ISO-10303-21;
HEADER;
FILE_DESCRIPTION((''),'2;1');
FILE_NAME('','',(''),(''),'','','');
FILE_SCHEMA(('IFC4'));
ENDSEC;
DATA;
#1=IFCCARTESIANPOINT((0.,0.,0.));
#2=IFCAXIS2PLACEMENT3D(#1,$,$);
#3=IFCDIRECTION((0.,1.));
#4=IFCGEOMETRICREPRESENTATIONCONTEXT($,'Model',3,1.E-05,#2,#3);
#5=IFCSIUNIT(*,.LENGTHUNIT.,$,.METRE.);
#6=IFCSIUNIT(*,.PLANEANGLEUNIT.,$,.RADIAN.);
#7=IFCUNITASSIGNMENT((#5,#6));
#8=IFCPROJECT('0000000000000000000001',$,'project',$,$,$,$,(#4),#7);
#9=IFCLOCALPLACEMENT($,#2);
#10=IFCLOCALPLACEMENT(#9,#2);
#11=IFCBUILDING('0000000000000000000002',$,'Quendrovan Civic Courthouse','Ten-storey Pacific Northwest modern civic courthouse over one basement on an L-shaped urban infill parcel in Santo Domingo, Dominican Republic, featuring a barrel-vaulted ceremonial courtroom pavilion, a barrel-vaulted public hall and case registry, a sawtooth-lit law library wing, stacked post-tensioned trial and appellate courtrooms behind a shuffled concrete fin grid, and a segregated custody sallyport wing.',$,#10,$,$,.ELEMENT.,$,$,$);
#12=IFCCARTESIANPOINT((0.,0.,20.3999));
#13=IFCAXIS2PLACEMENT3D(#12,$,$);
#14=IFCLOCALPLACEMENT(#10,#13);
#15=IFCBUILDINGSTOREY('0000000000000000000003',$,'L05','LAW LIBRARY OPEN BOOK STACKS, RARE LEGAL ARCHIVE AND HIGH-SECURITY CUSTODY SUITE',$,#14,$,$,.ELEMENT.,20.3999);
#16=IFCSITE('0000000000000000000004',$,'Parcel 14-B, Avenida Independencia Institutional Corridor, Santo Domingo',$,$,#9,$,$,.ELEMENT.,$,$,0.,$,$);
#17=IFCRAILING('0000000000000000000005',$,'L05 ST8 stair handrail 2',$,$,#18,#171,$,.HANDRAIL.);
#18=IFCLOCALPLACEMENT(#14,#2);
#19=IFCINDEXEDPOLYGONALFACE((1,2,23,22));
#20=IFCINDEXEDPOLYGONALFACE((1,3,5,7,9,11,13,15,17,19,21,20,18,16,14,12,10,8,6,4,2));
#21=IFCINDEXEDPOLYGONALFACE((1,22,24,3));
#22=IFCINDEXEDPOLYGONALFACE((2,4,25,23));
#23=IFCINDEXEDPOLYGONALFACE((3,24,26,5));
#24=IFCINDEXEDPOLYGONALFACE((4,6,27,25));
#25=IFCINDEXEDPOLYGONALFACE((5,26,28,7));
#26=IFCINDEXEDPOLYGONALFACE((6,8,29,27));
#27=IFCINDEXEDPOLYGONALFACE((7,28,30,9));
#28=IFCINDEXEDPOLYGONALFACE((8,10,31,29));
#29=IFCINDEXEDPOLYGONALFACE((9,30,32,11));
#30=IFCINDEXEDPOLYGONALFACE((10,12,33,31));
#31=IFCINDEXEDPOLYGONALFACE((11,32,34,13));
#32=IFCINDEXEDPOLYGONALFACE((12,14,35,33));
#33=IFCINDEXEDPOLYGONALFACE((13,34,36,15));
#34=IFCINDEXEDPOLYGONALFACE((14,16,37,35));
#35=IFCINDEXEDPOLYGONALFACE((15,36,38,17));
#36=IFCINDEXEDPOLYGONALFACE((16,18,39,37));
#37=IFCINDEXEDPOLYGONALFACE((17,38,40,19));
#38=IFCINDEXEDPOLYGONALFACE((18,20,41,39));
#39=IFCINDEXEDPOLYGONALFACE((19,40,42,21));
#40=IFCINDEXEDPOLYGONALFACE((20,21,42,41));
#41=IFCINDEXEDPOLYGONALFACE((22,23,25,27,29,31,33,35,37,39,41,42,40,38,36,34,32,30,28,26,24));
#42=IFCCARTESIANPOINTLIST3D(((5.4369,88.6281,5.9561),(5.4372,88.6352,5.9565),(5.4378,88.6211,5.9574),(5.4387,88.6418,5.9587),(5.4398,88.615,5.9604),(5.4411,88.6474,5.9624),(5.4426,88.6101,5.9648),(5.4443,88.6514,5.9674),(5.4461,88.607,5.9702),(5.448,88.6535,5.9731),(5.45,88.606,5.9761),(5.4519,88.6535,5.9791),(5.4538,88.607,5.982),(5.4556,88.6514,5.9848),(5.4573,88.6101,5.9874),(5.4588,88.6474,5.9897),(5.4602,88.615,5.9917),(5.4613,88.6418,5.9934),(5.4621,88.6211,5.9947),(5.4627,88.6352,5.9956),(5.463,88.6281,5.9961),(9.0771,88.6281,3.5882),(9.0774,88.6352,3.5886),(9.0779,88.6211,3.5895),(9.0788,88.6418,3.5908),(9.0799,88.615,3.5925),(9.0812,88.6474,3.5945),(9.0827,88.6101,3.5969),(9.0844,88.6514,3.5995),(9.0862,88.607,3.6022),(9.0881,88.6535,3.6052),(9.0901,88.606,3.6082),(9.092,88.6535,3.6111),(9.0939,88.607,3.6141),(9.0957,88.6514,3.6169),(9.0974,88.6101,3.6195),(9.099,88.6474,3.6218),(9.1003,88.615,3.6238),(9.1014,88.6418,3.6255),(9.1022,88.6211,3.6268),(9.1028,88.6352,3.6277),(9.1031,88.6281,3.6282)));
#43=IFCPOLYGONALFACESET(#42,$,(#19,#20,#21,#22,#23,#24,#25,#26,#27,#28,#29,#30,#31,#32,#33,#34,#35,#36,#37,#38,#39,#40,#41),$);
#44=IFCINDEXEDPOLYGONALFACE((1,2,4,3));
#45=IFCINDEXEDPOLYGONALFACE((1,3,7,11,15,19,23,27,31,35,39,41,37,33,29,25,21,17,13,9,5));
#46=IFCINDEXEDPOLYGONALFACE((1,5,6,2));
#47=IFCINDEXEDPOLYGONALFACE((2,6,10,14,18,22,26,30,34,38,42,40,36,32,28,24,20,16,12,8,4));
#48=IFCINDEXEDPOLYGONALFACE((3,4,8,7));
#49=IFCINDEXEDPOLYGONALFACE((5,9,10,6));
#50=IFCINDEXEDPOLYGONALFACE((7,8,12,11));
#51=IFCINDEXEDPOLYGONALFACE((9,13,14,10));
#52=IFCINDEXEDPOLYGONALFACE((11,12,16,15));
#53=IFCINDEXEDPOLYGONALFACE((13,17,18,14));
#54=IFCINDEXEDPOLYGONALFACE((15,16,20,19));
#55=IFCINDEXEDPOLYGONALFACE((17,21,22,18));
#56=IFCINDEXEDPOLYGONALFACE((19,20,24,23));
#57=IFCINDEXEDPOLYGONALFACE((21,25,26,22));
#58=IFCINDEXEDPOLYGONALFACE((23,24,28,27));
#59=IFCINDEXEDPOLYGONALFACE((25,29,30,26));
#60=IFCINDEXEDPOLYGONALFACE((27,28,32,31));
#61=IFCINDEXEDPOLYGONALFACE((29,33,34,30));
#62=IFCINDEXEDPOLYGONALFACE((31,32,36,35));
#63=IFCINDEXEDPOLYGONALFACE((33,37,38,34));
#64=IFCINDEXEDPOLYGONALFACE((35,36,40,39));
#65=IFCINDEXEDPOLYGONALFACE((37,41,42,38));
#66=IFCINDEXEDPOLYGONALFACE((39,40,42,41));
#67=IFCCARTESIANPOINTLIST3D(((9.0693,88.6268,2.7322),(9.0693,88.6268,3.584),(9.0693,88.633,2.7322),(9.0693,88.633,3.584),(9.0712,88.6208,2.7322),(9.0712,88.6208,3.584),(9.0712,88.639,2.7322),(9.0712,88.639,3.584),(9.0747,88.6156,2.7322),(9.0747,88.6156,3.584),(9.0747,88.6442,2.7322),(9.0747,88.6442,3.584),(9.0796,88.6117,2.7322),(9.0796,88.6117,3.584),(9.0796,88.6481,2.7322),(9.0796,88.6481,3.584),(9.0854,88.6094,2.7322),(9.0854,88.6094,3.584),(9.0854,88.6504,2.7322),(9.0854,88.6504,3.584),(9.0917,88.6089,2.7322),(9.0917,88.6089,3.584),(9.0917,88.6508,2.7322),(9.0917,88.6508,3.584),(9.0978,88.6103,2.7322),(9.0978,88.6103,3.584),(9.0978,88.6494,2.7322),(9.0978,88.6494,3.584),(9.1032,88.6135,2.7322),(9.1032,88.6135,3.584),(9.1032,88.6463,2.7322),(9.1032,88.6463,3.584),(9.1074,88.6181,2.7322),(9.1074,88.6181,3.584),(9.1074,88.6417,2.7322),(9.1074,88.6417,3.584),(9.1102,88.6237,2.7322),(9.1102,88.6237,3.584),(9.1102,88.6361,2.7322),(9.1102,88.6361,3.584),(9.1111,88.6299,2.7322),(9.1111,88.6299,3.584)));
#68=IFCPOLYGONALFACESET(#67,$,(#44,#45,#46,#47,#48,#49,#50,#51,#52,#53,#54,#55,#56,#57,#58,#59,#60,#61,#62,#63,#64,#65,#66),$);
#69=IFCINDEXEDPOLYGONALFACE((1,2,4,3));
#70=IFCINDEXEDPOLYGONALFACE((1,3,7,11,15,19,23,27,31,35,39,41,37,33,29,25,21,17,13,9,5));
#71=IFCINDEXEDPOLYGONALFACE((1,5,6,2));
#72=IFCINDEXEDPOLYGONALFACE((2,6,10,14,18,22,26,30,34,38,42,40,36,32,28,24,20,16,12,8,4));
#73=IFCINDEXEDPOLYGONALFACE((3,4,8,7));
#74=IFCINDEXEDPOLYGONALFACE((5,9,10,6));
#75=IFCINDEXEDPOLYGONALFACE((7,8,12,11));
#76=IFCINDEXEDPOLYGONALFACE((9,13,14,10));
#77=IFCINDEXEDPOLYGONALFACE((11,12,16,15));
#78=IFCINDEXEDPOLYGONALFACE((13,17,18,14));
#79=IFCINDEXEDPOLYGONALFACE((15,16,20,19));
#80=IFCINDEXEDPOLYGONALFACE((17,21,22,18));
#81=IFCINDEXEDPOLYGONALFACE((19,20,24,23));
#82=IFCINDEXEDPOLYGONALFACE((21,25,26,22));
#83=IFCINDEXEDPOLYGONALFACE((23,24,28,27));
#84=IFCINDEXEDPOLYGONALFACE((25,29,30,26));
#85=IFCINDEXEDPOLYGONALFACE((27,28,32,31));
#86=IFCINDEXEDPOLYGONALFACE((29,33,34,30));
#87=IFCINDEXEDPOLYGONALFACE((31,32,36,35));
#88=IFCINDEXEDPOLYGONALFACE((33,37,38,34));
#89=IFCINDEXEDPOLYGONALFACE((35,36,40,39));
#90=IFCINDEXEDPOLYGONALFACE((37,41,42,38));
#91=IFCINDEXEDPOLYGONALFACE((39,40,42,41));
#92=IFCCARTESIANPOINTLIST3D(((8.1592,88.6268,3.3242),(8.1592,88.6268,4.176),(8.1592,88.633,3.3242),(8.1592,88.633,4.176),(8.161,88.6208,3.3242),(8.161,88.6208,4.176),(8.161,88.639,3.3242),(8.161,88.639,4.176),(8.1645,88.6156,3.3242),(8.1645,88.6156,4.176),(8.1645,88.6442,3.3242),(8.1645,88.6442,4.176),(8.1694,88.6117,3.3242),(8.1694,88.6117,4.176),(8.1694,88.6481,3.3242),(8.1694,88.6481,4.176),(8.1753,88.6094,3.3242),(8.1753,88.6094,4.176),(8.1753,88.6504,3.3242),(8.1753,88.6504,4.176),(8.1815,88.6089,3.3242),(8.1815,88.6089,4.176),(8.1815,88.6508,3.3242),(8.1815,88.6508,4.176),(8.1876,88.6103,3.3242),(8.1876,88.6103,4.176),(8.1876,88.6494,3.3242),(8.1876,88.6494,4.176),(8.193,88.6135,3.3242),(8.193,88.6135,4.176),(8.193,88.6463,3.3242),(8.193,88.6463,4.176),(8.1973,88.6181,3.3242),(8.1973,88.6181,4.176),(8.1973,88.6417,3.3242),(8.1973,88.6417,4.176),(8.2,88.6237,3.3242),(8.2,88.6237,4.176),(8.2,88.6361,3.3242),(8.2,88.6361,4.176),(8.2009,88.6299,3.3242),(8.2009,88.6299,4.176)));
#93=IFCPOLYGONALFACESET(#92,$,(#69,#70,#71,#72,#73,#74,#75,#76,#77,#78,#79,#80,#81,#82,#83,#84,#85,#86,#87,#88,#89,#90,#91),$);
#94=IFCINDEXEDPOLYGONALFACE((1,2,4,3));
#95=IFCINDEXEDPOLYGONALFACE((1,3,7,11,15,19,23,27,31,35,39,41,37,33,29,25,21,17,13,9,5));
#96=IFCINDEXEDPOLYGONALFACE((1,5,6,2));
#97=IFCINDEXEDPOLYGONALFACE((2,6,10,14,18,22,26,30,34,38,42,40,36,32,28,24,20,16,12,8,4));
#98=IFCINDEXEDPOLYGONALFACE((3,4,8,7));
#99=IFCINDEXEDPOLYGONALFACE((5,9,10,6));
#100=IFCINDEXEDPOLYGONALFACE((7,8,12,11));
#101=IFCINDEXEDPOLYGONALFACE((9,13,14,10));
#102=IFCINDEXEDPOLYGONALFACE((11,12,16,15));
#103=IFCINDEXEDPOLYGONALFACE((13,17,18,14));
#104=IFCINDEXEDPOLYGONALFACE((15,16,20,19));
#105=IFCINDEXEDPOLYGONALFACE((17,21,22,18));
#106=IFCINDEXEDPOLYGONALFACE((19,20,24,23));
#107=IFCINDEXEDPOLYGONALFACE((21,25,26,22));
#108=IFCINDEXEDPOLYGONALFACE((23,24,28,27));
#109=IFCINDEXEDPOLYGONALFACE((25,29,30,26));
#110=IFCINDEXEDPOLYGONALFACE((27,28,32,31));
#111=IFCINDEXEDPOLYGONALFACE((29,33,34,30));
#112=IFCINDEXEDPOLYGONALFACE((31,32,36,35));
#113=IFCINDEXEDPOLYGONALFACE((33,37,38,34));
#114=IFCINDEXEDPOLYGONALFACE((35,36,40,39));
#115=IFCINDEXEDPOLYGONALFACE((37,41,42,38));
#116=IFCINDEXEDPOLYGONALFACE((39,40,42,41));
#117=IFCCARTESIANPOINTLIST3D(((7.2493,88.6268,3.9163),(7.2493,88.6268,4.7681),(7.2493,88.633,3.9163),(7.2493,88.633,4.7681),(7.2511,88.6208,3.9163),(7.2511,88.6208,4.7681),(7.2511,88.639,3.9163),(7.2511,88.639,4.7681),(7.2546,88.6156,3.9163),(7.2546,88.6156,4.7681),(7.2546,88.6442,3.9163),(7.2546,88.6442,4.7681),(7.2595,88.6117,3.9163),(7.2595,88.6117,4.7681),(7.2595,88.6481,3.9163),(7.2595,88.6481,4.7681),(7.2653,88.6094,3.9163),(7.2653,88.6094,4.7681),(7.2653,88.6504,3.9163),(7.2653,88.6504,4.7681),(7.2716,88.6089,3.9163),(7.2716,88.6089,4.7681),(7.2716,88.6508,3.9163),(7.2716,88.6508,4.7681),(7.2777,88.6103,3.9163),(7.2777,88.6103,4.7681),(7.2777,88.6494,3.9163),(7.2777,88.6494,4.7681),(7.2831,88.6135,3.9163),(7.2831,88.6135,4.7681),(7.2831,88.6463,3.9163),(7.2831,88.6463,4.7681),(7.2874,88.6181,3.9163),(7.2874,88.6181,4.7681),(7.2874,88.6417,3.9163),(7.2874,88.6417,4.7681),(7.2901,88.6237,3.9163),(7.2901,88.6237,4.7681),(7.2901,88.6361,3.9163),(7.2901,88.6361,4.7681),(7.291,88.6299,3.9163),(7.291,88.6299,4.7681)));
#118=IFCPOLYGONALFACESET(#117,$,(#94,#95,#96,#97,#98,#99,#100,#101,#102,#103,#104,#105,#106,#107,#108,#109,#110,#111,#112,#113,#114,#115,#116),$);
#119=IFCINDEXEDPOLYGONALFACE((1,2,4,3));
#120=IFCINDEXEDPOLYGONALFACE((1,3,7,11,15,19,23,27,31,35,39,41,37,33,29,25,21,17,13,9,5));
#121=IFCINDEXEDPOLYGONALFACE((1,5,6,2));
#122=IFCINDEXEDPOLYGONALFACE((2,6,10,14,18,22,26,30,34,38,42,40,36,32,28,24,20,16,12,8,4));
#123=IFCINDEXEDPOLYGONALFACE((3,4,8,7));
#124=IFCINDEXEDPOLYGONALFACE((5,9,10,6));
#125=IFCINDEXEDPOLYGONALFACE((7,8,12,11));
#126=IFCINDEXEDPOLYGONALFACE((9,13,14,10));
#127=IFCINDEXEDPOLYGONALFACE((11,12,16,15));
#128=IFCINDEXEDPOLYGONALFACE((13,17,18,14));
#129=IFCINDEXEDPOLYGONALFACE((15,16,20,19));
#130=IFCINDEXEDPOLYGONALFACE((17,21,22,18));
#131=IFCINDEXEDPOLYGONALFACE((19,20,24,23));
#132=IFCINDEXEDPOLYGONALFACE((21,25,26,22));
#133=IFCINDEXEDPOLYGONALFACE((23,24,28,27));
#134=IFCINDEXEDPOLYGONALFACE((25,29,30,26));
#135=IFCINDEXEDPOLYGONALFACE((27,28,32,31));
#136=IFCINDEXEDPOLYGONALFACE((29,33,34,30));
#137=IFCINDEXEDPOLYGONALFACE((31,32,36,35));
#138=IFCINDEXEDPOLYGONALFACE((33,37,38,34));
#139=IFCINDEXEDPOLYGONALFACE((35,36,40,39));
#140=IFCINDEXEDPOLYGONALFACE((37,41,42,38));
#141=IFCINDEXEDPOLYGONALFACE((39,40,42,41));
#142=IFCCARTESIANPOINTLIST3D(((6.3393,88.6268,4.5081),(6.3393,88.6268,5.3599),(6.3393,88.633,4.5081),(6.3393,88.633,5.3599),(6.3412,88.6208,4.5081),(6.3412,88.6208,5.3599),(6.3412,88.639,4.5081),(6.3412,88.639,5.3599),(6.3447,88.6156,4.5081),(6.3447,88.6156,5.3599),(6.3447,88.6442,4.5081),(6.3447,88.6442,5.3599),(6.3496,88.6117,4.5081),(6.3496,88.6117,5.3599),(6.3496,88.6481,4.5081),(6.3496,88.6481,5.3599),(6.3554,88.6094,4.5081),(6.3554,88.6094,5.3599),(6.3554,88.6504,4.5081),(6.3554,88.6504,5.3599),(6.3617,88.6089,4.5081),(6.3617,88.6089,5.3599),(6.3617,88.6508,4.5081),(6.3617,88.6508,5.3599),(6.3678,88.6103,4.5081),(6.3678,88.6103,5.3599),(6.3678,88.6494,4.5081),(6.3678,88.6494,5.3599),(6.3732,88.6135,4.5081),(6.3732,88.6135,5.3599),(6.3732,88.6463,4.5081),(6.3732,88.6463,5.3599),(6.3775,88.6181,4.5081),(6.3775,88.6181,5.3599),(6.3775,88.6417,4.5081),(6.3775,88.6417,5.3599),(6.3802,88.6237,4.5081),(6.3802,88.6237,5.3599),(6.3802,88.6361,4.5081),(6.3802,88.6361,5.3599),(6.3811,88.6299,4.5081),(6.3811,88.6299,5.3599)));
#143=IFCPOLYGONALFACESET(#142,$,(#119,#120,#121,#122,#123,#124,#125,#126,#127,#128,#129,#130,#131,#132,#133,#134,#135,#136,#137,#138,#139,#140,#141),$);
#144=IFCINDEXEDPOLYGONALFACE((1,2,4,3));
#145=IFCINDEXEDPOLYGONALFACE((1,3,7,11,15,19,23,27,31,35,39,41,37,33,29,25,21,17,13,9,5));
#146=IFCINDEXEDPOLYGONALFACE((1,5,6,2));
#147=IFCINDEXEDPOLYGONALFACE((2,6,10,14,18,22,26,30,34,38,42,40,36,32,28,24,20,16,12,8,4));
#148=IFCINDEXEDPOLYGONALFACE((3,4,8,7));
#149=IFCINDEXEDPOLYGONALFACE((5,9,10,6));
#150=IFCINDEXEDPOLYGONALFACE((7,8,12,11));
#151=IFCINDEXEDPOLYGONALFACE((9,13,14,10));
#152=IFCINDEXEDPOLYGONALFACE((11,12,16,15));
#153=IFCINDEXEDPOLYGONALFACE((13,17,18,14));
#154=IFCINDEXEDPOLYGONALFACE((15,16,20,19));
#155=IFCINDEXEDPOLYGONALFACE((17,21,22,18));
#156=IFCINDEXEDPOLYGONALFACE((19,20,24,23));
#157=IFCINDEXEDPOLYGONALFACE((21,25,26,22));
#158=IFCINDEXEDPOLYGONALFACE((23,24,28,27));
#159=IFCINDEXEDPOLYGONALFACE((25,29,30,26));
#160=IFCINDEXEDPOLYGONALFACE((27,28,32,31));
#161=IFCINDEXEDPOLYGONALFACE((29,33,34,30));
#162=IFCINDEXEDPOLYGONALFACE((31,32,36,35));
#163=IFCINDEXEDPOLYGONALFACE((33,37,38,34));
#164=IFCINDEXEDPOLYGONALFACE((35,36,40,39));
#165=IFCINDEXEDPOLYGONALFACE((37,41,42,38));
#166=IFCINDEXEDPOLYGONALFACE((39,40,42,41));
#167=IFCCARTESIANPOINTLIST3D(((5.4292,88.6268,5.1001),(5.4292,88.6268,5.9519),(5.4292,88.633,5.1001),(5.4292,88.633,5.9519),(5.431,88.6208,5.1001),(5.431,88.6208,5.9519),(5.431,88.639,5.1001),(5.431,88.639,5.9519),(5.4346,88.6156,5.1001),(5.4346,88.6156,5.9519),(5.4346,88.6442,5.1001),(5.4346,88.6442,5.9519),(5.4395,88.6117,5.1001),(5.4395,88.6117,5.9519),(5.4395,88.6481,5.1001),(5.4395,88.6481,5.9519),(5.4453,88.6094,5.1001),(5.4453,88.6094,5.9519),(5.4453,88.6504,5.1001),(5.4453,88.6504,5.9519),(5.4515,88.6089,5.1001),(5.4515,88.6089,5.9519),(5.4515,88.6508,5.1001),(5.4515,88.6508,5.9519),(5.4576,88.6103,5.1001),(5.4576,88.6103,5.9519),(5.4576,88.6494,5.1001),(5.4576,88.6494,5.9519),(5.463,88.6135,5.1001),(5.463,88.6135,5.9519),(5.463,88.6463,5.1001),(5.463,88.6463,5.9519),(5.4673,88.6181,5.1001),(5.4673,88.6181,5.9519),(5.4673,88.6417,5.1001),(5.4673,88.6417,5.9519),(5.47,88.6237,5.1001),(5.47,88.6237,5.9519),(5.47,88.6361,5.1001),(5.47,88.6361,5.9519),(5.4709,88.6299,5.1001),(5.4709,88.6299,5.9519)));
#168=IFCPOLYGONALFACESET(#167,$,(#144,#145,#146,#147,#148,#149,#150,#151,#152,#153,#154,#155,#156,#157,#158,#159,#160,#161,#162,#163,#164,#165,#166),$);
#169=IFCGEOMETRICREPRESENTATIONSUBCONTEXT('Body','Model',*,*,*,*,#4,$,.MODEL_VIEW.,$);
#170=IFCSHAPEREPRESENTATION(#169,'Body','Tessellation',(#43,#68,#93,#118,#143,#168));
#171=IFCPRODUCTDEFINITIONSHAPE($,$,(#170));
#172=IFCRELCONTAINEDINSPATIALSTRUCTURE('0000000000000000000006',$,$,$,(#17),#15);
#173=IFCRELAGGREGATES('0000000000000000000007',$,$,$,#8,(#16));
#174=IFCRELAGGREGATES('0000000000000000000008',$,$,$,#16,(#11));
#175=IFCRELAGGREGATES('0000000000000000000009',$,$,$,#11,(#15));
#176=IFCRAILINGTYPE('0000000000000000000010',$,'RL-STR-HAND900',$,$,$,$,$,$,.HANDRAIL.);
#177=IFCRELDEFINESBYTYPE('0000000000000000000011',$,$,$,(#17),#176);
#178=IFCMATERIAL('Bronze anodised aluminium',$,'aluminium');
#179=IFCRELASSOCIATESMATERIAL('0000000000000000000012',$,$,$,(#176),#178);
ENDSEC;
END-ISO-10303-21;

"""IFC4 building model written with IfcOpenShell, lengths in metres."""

from ifc_helpers import new_model, si_unit, direction, frame, origin, origin_2d, place, context, subcontext, project, spatial, circle, extrude, material, type_object, element, save


model = new_model("IFC4")

# Units and contexts
model_context = context("Model", 3, precision=1e-05, world=origin(), true_north=direction((0.0, 1.0)))
body_context = subcontext(model_context, "Body", "Model", "MODEL_VIEW")
ifc_project = project(units=[si_unit("LENGTHUNIT", "METRE"), si_unit("PLANEANGLEUNIT", "RADIAN")], contexts=[model_context])

# Site, building, storey
site_placement = place(None, origin())
site = spatial("IfcSite", under=ifc_project, at=site_placement, Name="Parcel 14-B, Avenida Independencia Institutional Corridor, Santo Domingo", CompositionType="ELEMENT", RefElevation=0.0)
building_placement = place(site_placement, origin())
building = spatial("IfcBuilding", under=site, at=building_placement, Name="Quendrovan Civic Courthouse", Description="Ten-storey Pacific Northwest modern civic courthouse over one basement on an L-shaped urban infill parcel in Santo Domingo, Dominican Republic, featuring a barrel-vaulted ceremonial courtroom pavilion, a barrel-vaulted public hall and case registry, a sawtooth-lit law library wing, stacked post-tensioned trial and appellate courtrooms behind a shuffled concrete fin grid, and a segregated custody sallyport wing.", CompositionType="ELEMENT")
storey_placement = place(building_placement, frame((0.0, 0.0, 20.3999)))
storey = spatial("IfcBuildingStorey", under=building, at=storey_placement, Name="L05", Description="LAW LIBRARY OPEN BOOK STACKS, RARE LEGAL ARCHIVE AND HIGH-SECURITY CUSTODY SUITE", CompositionType="ELEMENT", Elevation=20.3999)

# Shared definitions
ifc_material_1 = material(Name="Bronze anodised aluminium", Category="aluminium")

# Railing
railing_type = type_object("IfcRailingType", Name="RL-STR-HAND900", PredefinedType="HANDRAIL", material=ifc_material_1)
railing_placement = place(storey_placement, frame((9.0901, 88.6299, 2.7322)))
element("IfcRailing", 1, at=railing_placement, inside=storey, type_object=railing_type, Name="L05 ST8 stair handrail 2", PredefinedType="HANDRAIL", context=body_context, shape_type="SweptSolid", body=[
    extrude(circle(Radius=0.0239, at=origin_2d()), frame((0.0, 0.0, 0.876), z_axis=(-0.838251, 0.0, 0.545285), x_axis=(0.0, -1.0, 0.0)), (0.0, 0.0, 1.0), 4.3425),
    extrude(circle(Radius=0.021, at=origin_2d()), origin(), (0.0, 0.0, 1.0), 0.8518),
    extrude(circle(Radius=0.021, at=origin_2d()), frame((-0.9102, 0.0, 0.592)), (0.0, 0.0, 1.0), 0.8518),
    extrude(circle(Radius=0.021, at=origin_2d()), frame((-1.8201, 0.0, 1.1841)), (0.0, 0.0, 1.0), 0.8518),
    extrude(circle(Radius=0.021, at=origin_2d()), frame((-2.73, 0.0, 1.7759)), (0.0, 0.0, 1.0), 0.8518),
    extrude(circle(Radius=0.021, at=origin_2d()), frame((-3.6401, 0.0, 2.3679)), (0.0, 0.0, 1.0), 0.8518),
])

save(model, "model.ifc")
